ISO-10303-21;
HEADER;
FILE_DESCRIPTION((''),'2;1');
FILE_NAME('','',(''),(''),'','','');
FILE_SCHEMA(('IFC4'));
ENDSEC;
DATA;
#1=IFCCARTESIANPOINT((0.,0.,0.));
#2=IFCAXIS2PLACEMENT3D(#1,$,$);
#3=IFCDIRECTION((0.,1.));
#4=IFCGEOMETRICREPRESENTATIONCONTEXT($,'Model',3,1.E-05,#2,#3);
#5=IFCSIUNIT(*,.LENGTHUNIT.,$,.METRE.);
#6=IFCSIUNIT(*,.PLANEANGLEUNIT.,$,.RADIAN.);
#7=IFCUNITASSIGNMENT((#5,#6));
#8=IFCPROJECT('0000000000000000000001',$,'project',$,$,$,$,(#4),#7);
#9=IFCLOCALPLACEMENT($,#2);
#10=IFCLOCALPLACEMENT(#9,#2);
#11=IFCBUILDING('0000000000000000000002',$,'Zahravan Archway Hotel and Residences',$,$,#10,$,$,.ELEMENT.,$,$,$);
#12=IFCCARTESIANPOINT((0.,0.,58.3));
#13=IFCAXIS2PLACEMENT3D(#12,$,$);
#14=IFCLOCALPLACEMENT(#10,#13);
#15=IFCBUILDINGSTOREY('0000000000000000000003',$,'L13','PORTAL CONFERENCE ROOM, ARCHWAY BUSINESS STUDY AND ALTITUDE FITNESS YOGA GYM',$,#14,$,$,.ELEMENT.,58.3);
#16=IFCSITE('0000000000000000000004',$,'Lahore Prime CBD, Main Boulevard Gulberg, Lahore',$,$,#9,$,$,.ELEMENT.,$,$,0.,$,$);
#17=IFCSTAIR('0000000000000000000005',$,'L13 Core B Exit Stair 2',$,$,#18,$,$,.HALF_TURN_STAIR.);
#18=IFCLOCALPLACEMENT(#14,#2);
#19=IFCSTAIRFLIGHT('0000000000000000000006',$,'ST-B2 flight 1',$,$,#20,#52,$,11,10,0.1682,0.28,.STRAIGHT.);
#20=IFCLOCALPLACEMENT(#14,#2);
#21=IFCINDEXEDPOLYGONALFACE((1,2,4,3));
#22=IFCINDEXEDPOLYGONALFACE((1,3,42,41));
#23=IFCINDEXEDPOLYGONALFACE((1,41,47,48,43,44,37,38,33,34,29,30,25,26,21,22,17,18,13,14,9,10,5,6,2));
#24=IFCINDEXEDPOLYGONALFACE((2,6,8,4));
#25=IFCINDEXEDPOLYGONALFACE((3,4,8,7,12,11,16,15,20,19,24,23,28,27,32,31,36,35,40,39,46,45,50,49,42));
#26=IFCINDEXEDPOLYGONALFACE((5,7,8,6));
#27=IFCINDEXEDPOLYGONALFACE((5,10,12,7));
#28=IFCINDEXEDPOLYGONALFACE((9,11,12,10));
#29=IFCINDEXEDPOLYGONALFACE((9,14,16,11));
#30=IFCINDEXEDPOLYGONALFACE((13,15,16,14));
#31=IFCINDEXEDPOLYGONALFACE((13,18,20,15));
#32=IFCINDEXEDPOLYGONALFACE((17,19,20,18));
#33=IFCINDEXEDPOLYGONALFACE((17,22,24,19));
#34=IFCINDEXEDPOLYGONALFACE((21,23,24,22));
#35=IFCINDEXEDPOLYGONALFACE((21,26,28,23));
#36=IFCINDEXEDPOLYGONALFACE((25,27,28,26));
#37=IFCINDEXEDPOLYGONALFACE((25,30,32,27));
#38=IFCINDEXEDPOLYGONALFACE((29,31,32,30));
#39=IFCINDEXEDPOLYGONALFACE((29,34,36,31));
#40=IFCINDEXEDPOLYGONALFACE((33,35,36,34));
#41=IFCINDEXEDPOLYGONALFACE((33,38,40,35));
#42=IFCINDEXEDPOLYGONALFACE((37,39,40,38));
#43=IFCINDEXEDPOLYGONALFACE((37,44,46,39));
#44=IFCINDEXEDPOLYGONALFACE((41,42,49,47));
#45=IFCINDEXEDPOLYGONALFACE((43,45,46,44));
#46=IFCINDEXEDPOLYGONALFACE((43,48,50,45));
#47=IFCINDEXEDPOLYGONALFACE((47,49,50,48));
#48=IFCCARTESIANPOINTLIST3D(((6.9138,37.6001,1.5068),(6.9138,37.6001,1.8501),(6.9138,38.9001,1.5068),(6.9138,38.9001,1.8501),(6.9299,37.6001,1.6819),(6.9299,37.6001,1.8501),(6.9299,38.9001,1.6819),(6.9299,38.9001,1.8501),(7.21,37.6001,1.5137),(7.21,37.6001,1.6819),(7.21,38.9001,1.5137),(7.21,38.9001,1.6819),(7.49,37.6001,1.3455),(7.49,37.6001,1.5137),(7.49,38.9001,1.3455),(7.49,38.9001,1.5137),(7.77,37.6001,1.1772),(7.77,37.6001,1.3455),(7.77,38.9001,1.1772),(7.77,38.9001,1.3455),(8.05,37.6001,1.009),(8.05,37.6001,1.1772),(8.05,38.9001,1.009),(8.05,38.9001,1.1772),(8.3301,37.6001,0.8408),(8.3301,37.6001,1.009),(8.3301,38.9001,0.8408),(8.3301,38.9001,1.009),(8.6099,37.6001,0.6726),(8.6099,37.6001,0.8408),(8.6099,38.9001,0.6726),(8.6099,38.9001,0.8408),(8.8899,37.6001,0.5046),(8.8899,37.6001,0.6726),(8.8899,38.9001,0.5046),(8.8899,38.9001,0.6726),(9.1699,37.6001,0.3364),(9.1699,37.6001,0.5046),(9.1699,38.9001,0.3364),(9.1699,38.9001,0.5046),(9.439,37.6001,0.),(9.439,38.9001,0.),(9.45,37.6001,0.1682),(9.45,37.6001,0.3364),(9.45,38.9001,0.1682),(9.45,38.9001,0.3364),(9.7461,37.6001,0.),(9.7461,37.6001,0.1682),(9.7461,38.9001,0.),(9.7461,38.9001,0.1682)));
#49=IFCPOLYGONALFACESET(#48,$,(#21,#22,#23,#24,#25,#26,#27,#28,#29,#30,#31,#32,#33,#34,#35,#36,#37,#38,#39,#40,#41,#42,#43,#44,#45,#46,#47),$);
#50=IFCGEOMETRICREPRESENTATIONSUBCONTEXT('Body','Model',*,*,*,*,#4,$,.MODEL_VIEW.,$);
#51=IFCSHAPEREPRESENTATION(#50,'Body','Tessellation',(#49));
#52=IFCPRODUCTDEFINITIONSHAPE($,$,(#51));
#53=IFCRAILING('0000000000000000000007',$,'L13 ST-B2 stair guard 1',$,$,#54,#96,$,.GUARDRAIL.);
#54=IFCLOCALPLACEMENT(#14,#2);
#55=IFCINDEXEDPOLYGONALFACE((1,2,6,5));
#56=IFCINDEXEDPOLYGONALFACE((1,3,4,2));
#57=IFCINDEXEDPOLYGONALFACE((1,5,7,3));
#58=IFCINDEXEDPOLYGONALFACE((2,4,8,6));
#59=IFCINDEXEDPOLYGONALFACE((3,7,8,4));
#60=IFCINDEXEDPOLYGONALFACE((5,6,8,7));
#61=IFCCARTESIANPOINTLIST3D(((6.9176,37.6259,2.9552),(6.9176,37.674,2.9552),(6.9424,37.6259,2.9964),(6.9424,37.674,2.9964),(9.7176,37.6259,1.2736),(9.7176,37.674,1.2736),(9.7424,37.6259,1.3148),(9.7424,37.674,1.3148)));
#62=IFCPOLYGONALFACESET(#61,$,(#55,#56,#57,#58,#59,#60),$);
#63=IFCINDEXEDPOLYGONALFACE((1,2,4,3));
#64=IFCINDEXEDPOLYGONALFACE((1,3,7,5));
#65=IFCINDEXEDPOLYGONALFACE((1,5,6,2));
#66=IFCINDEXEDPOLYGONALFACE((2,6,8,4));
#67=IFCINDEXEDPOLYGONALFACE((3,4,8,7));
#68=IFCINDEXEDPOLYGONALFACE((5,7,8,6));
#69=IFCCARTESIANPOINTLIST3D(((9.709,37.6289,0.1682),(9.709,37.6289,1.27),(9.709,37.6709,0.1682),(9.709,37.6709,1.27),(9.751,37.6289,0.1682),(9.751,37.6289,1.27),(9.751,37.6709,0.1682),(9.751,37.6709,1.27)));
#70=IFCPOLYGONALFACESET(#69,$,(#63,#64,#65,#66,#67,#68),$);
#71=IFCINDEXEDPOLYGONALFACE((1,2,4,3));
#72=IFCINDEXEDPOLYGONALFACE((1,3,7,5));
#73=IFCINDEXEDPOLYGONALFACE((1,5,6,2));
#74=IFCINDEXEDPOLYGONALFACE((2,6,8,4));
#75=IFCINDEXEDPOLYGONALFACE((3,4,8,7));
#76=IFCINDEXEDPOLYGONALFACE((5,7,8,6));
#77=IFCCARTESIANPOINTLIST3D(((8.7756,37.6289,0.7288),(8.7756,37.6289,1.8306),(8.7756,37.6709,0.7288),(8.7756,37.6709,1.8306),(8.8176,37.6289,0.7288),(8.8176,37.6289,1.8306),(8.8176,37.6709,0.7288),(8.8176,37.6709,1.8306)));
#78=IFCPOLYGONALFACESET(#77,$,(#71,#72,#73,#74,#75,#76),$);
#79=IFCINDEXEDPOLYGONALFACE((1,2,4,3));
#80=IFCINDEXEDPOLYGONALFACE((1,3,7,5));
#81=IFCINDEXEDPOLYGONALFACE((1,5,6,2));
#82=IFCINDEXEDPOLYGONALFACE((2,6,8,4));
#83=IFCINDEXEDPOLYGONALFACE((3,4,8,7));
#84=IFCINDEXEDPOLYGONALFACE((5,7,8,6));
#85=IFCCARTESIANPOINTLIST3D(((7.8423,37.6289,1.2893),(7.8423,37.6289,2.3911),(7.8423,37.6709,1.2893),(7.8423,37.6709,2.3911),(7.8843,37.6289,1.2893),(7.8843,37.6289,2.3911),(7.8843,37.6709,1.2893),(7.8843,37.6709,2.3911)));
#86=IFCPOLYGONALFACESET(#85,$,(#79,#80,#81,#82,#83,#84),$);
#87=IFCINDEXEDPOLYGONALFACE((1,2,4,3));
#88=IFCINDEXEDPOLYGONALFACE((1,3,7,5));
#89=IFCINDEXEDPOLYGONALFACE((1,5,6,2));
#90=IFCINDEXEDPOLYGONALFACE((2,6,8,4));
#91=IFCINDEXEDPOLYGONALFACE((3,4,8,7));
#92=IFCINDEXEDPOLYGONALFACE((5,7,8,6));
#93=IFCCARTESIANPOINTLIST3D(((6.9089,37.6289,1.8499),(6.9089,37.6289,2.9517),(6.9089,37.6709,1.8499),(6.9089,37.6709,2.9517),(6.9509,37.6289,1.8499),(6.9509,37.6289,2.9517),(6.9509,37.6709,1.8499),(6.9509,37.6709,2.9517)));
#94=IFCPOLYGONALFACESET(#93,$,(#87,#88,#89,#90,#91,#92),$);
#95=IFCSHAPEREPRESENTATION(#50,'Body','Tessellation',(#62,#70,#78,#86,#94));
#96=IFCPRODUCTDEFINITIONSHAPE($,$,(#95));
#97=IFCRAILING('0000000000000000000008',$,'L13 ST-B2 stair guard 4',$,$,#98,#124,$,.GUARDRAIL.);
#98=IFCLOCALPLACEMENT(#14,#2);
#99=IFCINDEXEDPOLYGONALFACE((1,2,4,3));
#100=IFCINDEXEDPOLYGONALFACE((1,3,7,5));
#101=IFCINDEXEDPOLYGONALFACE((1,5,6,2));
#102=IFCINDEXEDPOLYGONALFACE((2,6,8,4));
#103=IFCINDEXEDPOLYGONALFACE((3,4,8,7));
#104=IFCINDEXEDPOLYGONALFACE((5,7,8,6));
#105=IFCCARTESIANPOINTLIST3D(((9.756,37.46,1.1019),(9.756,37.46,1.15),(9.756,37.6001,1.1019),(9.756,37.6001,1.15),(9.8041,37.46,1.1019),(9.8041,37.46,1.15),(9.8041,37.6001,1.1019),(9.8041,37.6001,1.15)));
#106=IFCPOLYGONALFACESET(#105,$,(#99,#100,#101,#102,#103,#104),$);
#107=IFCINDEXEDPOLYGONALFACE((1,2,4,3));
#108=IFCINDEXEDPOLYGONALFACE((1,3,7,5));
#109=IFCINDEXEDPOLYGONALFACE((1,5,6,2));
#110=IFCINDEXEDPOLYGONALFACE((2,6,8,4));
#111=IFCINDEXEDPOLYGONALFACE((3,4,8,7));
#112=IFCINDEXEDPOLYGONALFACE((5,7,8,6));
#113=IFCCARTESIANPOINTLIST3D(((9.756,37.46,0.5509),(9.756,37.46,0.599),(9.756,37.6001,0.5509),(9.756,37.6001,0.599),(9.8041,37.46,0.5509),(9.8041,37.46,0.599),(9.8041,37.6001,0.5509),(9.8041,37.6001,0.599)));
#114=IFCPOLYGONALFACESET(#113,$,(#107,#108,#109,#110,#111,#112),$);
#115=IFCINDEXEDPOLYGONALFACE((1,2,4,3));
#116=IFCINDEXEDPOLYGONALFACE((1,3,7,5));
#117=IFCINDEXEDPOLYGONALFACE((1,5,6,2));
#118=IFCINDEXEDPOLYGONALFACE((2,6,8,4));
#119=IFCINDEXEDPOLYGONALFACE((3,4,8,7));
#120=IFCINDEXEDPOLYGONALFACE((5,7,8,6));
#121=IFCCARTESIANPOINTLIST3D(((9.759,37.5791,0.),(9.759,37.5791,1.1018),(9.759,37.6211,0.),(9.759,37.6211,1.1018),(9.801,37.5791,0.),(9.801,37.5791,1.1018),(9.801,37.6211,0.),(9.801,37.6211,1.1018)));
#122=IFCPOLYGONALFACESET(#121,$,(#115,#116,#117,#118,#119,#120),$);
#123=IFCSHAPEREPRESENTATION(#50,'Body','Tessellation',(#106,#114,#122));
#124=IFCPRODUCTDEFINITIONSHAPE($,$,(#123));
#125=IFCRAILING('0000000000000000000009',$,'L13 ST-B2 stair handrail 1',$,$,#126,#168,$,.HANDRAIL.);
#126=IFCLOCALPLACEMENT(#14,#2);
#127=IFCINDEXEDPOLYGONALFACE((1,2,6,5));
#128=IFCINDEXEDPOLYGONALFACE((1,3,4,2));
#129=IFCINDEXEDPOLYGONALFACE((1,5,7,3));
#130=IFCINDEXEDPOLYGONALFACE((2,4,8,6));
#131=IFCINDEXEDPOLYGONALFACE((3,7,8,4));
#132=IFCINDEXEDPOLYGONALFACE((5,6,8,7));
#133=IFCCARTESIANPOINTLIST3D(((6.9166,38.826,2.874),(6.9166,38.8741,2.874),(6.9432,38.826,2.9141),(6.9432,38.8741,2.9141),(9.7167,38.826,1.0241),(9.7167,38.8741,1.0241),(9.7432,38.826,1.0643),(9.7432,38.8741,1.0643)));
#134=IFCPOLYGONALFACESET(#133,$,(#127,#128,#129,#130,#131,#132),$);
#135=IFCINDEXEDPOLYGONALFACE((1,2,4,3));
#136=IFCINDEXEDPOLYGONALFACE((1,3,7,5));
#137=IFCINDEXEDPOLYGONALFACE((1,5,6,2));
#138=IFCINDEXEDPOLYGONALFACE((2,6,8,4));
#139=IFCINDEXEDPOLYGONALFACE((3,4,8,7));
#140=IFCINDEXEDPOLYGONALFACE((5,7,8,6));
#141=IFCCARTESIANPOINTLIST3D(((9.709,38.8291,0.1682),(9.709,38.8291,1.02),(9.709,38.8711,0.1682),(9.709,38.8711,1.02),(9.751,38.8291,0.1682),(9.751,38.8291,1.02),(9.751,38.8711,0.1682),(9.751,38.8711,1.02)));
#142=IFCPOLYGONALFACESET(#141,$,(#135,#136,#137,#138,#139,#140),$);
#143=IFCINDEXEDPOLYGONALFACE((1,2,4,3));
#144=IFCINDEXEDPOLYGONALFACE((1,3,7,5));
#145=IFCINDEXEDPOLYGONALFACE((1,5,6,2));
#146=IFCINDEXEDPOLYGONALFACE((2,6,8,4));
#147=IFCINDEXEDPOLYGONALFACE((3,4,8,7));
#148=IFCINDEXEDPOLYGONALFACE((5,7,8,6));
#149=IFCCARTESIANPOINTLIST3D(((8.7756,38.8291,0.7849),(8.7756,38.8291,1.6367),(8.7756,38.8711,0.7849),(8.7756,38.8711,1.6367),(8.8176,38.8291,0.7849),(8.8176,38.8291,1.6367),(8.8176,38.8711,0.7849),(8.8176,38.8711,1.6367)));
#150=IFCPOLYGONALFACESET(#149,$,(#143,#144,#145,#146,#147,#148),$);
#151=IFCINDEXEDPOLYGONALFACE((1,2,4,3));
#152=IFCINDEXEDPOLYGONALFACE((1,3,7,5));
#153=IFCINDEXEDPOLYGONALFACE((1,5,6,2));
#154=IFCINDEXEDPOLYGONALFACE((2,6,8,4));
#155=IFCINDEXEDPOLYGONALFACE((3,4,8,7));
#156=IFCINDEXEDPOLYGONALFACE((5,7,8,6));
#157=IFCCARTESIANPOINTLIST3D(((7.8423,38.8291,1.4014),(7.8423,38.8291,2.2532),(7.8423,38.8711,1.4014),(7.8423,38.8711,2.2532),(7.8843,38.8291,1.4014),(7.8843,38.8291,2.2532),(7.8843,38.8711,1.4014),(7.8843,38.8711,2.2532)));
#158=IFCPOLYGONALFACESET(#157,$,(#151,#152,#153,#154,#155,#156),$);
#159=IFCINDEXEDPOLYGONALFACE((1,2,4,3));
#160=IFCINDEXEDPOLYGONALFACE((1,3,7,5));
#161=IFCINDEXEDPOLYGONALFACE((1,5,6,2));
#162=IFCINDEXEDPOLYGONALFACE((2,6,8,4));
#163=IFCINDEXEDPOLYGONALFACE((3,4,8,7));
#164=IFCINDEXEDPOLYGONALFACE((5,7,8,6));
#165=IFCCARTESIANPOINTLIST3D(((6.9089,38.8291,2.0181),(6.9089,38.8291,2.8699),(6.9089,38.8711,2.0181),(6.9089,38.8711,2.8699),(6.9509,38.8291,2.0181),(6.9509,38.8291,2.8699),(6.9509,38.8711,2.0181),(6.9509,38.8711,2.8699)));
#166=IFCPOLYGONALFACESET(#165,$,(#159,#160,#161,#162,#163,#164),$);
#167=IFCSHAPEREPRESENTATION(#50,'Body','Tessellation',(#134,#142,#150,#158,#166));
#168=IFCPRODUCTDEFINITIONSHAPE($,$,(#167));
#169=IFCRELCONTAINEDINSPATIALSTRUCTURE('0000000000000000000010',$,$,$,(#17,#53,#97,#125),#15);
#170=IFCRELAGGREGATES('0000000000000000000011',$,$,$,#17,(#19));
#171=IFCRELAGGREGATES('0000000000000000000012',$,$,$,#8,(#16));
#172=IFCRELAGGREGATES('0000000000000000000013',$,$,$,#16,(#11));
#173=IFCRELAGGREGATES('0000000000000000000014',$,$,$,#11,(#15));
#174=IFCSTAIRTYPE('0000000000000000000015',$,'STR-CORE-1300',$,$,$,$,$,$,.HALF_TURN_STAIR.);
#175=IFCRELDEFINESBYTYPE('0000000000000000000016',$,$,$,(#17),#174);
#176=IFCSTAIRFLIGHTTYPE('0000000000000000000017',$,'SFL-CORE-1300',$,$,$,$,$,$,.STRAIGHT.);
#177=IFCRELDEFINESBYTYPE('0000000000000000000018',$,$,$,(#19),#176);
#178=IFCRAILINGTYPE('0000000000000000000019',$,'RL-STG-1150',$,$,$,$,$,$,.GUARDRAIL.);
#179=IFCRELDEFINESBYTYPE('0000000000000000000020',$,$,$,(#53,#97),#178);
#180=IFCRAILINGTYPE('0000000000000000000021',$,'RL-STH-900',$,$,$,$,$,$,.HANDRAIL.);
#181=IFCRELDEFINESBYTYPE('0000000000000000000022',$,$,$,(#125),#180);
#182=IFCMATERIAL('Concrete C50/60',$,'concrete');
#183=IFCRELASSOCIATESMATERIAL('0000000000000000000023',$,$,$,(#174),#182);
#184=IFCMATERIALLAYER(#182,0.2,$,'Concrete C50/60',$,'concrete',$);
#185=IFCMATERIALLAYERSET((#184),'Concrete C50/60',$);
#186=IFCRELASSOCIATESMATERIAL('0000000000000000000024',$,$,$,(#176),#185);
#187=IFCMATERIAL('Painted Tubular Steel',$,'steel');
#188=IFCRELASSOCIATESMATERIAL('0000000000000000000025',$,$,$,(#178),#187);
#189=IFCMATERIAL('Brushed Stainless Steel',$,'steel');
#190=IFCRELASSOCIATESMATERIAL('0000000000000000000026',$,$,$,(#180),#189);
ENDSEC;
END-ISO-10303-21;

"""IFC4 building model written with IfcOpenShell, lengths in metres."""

from ifc_helpers import new_model, si_unit, direction, frame, origin, origin_2d, place, context, subcontext, project, spatial, polyline, rectangle, outline, extrude, source, transform, mapped, material, layer, layer_set, type_object, element, aggregate, save


model = new_model("IFC4")

# Units and contexts
model_context = context("Model", 3, precision=1e-05, world=origin(), true_north=direction((0.0, 1.0)))
body_context = subcontext(model_context, "Body", "Model", "MODEL_VIEW")
ifc_project = project(units=[si_unit("LENGTHUNIT", "METRE"), si_unit("PLANEANGLEUNIT", "RADIAN")], contexts=[model_context])

# Site, building, storey
site_placement = place(None, origin())
site = spatial("IfcSite", under=ifc_project, at=site_placement, Name="Lahore Prime CBD, Main Boulevard Gulberg, Lahore", CompositionType="ELEMENT", RefElevation=0.0)
building_placement = place(site_placement, origin())
building = spatial("IfcBuilding", under=site, at=building_placement, Name="Zahravan Archway Hotel and Residences", CompositionType="ELEMENT")
storey_placement = place(building_placement, frame((0.0, 0.0, 58.3)))
storey = spatial("IfcBuildingStorey", under=building, at=storey_placement, Name="L13", Description="PORTAL CONFERENCE ROOM, ARCHWAY BUSINESS STUDY AND ALTITUDE FITNESS YOGA GYM", CompositionType="ELEMENT", Elevation=58.3)

# Stair, stair flight
ifc_material_1 = material(Name="Concrete C50/60", Category="concrete")
stair_type = type_object("IfcStairType", Name="STR-CORE-1300", PredefinedType="HALF_TURN_STAIR", material=ifc_material_1)
stair_placement = place(storey_placement, origin())
stair = element("IfcStair", 1, at=stair_placement, inside=storey, type_object=stair_type, Name="L13 Core B Exit Stair 2", PredefinedType="HALF_TURN_STAIR")
ifc_layer_1 = layer(ifc_material_1, 0.2, Name="Concrete C50/60", Category="concrete")
ifc_layer_set_1 = layer_set([ifc_layer_1], Name="Concrete C50/60")
stair_flight_type = type_object("IfcStairFlightType", Name="SFL-CORE-1300", PredefinedType="STRAIGHT", material=ifc_layer_set_1)
shared_shape_1 = source(origin(), body_context, "Body", "SweptSolid", [
    extrude(outline(polyline([(-0.0161, 0.0), (-0.0161, 0.1682), (0.28, 0.1682), (0.28, 0.3364), (0.5601, 0.3364), (0.5601, 0.5046), (0.8401, 0.5046), (0.8401, 0.6726), (1.1201, 0.6726), (1.1201, 0.8408), (1.3999, 0.8408), (1.3999, 1.009), (1.6799, 1.009), (1.6799, 1.1772), (1.96, 1.1772), (1.96, 1.3455), (2.24, 1.3455), (2.24, 1.5137), (2.52, 1.5137), (2.52, 1.6819), (2.8, 1.6819), (2.8, 1.8501), (2.8162, 1.8501), (2.8162, 1.5068), (0.291, 0.0), (-0.0161, 0.0)])), frame((0.0, 0.6499, 0.0), z_axis=(0.0, -1.0, 0.0), x_axis=(1.0, 0.0, 0.0)), (0.0, 0.0, 1.0), 1.3),
])
stair_flight_placement = place(storey_placement, frame((9.73, 38.25, 0.0), z_axis=(0.0, 0.0, 1.0), x_axis=(-1.0, 0.0, 0.0)))
stair_flight = element("IfcStairFlight", 2, at=stair_flight_placement, type_object=stair_flight_type, Name="ST-B2 flight 1", NumberOfRisers=11, NumberOfTreads=10, PredefinedType="STRAIGHT", RiserHeight=0.1682, TreadLength=0.28, context=body_context, shape_type="MappedRepresentation", body=[
    mapped(shared_shape_1, transform((0.0, 0.0, 0.0), scale=1.0)),
])
aggregate(stair, [stair_flight])

# Railings
ifc_material_2 = material(Name="Painted Tubular Steel", Category="steel")
railing_type_1 = type_object("IfcRailingType", Name="RL-STG-1150", PredefinedType="GUARDRAIL", material=ifc_material_2)
railing_1_placement = place(storey_placement, frame((9.73, 37.6499, 0.1682)))
element("IfcRailing", 3, at=railing_1_placement, inside=storey, type_object=railing_type_1, Name="L13 ST-B2 stair guard 1", PredefinedType="GUARDRAIL", context=body_context, shape_type="SweptSolid", body=[
    extrude(rectangle(XDim=0.0481, YDim=0.0481, at=origin_2d()), frame((0.0, 0.0, 1.126), z_axis=(-0.857275, 0.0, 0.514858), x_axis=(0.0, -1.0, 0.0)), (0.0, 0.0, 1.0), 3.2661),
    extrude(rectangle(XDim=0.042, YDim=0.042, at=origin_2d()), origin(), (0.0, 0.0, 1.0), 1.1018),
    extrude(rectangle(XDim=0.042, YDim=0.042, at=origin_2d()), frame((-0.9333, 0.0, 0.5605)), (0.0, 0.0, 1.0), 1.1018),
    extrude(rectangle(XDim=0.042, YDim=0.042, at=origin_2d()), frame((-1.8667, 0.0, 1.1211)), (0.0, 0.0, 1.0), 1.1018),
    extrude(rectangle(XDim=0.042, YDim=0.042, at=origin_2d()), frame((-2.8, 0.0, 1.6816)), (0.0, 0.0, 1.0), 1.1018),
])
railing_2_placement = place(storey_placement, frame((9.78, 37.6001, 0.0)))
element("IfcRailing", 4, at=railing_2_placement, inside=storey, type_object=railing_type_1, Name="L13 ST-B2 stair guard 4", PredefinedType="GUARDRAIL", context=body_context, shape_type="SweptSolid", body=[
    extrude(rectangle(XDim=0.0481, YDim=0.0481, at=origin_2d()), frame((0.0, 0.0, 1.126), z_axis=(0.0, -1.0, 0.0), x_axis=(1.0, 0.0, 0.0)), (0.0, 0.0, 1.0), 0.1401),
    extrude(rectangle(XDim=0.0481, YDim=0.0481, at=origin_2d()), frame((0.0, 0.0, 0.575), z_axis=(0.0, -1.0, 0.0), x_axis=(1.0, 0.0, 0.0)), (0.0, 0.0, 1.0), 0.1401),
    extrude(rectangle(XDim=0.042, YDim=0.042, at=origin_2d()), origin(), (0.0, 0.0, 1.0), 1.1018),
])
ifc_material_3 = material(Name="Brushed Stainless Steel", Category="steel")
railing_type_2 = type_object("IfcRailingType", Name="RL-STH-900", PredefinedType="HANDRAIL", material=ifc_material_3)
railing_3_placement = place(storey_placement, frame((9.73, 38.8501, 0.1682)))
element("IfcRailing", 5, at=railing_3_placement, inside=storey, type_object=railing_type_2, Name="L13 ST-B2 stair handrail 1", PredefinedType="HANDRAIL", context=body_context, shape_type="SweptSolid", body=[
    extrude(rectangle(XDim=0.0481, YDim=0.0481, at=origin_2d()), frame((0.0, 0.0, 0.876), z_axis=(-0.83436, 0.0, 0.55122), x_axis=(0.0, -1.0, 0.0)), (0.0, 0.0, 1.0), 3.356),
    extrude(rectangle(XDim=0.042, YDim=0.042, at=origin_2d()), origin(), (0.0, 0.0, 1.0), 0.8518),
    extrude(rectangle(XDim=0.042, YDim=0.042, at=origin_2d()), frame((-0.9333, 0.0, 0.6167)), (0.0, 0.0, 1.0), 0.8518),
    extrude(rectangle(XDim=0.042, YDim=0.042, at=origin_2d()), frame((-1.8667, 0.0, 1.2332)), (0.0, 0.0, 1.0), 0.8518),
    extrude(rectangle(XDim=0.042, YDim=0.042, at=origin_2d()), frame((-2.8, 0.0, 1.8499)), (0.0, 0.0, 1.0), 0.8518),
])

save(model, "model.ifc")
